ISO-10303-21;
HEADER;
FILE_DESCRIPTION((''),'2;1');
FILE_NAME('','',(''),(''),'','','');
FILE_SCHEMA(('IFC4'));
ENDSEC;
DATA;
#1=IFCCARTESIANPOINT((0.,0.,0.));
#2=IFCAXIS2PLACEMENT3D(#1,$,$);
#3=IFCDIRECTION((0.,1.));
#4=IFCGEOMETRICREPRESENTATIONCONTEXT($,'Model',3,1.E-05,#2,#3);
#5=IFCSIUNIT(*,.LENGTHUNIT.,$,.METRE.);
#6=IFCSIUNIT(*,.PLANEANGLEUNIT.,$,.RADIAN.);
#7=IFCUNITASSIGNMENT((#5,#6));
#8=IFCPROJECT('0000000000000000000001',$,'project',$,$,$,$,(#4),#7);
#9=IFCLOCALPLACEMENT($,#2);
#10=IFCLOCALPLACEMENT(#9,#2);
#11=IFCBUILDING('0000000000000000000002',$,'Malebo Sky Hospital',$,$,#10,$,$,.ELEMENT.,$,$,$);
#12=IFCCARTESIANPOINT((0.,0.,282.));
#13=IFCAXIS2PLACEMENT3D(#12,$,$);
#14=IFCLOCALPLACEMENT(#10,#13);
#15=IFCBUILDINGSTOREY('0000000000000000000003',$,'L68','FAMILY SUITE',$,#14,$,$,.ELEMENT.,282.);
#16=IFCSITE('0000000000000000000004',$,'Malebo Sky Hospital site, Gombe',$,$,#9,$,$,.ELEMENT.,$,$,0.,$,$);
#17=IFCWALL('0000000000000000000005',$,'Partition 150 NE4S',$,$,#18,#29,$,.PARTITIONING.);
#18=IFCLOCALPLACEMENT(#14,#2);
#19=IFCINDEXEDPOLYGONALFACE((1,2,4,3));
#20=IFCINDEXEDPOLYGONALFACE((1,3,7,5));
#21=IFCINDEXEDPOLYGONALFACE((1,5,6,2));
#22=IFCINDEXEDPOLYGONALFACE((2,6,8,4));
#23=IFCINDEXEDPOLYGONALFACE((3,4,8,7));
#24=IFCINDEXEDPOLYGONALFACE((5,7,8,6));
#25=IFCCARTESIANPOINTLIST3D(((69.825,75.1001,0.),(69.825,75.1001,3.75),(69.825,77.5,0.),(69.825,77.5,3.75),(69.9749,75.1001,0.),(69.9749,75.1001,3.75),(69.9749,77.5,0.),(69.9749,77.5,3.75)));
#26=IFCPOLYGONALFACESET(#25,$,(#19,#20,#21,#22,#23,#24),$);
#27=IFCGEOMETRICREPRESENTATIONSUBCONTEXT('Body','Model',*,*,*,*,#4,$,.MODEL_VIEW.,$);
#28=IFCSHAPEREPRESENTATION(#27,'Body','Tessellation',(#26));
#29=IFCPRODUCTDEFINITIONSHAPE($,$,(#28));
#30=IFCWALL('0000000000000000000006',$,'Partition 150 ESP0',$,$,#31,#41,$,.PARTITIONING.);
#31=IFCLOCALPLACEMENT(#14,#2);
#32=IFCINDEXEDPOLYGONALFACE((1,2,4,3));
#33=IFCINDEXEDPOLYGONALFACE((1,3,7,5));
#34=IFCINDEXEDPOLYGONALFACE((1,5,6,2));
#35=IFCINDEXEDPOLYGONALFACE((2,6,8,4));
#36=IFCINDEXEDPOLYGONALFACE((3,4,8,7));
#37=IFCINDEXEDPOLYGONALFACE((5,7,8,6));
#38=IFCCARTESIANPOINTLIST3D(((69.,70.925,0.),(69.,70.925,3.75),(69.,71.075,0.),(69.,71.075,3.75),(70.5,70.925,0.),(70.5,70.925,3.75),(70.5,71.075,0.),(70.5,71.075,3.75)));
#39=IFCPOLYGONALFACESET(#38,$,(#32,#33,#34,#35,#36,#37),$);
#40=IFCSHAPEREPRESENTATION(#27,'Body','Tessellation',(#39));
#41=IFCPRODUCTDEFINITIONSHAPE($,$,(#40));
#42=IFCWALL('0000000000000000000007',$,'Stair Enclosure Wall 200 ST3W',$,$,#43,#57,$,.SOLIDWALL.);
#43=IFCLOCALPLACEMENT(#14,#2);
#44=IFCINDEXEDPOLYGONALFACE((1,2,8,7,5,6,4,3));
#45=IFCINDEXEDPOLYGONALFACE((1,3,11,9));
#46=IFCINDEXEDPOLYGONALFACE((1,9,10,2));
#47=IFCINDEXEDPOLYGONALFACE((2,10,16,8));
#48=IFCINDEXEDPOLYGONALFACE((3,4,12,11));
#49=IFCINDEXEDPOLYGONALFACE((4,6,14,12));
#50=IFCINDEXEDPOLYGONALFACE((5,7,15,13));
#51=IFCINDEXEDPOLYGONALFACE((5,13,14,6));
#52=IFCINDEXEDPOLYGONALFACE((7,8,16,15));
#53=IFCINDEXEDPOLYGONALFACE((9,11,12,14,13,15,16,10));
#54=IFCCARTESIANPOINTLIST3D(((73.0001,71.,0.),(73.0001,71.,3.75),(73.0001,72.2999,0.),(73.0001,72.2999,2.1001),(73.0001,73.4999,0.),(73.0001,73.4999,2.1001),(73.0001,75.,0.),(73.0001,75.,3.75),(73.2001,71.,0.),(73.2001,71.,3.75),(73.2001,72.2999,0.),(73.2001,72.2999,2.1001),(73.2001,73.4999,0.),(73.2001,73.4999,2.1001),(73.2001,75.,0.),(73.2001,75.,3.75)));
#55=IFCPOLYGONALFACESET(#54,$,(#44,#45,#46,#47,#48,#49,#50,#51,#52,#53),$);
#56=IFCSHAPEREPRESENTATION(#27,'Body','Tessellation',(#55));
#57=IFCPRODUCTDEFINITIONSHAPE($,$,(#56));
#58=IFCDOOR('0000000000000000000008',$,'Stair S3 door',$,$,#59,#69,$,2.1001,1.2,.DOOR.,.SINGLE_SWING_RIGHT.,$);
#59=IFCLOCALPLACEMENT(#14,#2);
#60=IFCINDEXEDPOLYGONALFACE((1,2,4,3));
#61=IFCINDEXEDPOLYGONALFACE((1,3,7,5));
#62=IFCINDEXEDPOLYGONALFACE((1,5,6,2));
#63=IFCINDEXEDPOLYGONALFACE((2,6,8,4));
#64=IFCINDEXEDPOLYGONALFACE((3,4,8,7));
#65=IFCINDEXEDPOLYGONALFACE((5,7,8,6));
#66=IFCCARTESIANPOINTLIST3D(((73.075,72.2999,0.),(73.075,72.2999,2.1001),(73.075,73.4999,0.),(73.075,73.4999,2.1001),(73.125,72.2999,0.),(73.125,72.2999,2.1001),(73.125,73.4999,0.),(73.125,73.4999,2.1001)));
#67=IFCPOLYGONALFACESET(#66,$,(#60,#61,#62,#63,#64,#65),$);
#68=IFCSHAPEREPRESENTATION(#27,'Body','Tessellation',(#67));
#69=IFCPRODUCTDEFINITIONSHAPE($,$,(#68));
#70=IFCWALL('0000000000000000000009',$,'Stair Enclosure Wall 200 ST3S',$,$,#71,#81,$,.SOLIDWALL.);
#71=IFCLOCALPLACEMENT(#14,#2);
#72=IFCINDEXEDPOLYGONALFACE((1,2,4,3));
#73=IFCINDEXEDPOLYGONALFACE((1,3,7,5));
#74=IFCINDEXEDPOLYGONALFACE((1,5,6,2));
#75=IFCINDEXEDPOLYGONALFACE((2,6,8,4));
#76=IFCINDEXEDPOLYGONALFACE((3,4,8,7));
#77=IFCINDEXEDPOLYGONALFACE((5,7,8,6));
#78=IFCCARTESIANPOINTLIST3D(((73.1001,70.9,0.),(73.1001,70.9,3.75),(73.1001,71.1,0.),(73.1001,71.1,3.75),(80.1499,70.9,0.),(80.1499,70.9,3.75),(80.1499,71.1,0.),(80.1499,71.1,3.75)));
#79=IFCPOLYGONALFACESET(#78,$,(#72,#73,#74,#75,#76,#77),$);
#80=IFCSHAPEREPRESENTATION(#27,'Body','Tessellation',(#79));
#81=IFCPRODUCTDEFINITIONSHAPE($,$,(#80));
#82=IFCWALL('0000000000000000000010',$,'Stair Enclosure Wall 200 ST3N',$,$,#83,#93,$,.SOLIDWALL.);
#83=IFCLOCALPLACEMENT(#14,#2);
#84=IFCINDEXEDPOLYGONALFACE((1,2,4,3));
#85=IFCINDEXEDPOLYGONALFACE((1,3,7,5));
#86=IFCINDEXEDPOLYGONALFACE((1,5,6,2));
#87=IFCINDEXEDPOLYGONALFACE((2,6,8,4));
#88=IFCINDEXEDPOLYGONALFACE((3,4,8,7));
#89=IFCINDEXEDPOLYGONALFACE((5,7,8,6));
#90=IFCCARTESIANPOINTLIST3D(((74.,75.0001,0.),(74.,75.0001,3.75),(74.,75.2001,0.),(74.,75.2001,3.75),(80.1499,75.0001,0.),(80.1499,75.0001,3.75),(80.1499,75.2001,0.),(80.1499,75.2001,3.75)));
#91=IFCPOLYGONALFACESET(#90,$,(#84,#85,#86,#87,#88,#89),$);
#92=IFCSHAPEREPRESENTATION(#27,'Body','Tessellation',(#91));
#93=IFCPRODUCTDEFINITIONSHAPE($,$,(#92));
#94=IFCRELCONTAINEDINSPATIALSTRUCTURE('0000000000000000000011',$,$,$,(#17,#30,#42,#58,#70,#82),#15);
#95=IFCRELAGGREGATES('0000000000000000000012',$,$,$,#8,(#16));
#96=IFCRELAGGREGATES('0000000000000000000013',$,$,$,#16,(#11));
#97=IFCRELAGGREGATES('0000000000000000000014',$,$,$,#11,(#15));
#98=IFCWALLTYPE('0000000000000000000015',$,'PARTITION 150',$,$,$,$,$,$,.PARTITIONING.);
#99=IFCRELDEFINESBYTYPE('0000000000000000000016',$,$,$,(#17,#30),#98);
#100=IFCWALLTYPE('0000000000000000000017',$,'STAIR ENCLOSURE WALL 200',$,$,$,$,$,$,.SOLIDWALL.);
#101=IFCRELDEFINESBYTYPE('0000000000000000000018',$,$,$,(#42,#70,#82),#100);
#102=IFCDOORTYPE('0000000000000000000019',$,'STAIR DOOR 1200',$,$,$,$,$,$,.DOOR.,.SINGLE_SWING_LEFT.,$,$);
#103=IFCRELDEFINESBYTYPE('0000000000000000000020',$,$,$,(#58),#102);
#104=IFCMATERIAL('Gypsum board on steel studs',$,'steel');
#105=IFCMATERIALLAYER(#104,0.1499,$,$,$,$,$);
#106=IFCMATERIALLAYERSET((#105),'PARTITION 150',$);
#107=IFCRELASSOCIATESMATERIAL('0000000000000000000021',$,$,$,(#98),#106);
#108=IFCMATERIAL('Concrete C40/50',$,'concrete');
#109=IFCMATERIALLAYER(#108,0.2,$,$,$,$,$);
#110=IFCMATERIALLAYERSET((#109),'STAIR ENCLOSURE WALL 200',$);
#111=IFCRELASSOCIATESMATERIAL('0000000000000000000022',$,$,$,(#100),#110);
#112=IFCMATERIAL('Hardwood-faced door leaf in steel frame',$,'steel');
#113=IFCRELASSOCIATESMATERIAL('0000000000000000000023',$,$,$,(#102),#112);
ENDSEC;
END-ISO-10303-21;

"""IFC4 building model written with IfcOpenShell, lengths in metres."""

from ifc_helpers import new_model, si_unit, direction, frame, frame_2d, origin, place, context, subcontext, project, spatial, rectangle, extrude, material, layer, layer_set, type_object, element, fill, save


model = new_model("IFC4")

# Units and contexts
model_context = context("Model", 3, precision=1e-05, world=origin(), true_north=direction((0.0, 1.0)))
body_context = subcontext(model_context, "Body", "Model", "MODEL_VIEW")
ifc_project = project(units=[si_unit("LENGTHUNIT", "METRE"), si_unit("PLANEANGLEUNIT", "RADIAN")], contexts=[model_context])

# Site, building, storey
site_placement = place(None, origin())
site = spatial("IfcSite", under=ifc_project, at=site_placement, Name="Malebo Sky Hospital site, Gombe", CompositionType="ELEMENT", RefElevation=0.0)
building_placement = place(site_placement, origin())
building = spatial("IfcBuilding", under=site, at=building_placement, Name="Malebo Sky Hospital", CompositionType="ELEMENT")
storey_placement = place(building_placement, frame((0.0, 0.0, 282.0)))
storey = spatial("IfcBuildingStorey", under=building, at=storey_placement, Name="L68", Description="FAMILY SUITE", CompositionType="ELEMENT", Elevation=282.0)

# Shared definitions
ifc_material_1 = material(Name="Gypsum board on steel studs", Category="steel")
ifc_material_2 = material(Name="Hardwood-faced door leaf in steel frame", Category="steel")

# Shared definitions
ifc_layer_1 = layer(ifc_material_1, 0.1499)
ifc_layer_set_1 = layer_set([ifc_layer_1], Name="PARTITION 150")
wall_type_1 = type_object("IfcWallType", Name="PARTITION 150", PredefinedType="PARTITIONING", material=ifc_layer_set_1)

# Walls
wall_1_placement = place(storey_placement, frame((69.8999, 75.1001, 0.0), z_axis=(0.0, 0.0, 1.0), x_axis=(0.0, 1.0, 0.0)))
element("IfcWall", 1, at=wall_1_placement, inside=storey, type_object=wall_type_1, Name="Partition 150 NE4S", PredefinedType="PARTITIONING", context=body_context, shape_type="SweptSolid", body=[
    extrude(rectangle(XDim=2.3999, YDim=0.1499, at=frame_2d((1.2, 0.0))), origin(), (0.0, 0.0, 1.0), 3.75),
])
wall_2_placement = place(storey_placement, frame((69.0, 71.0, 0.0), z_axis=(0.0, 0.0, 1.0), x_axis=(1.0, 0.0, 0.0)))
element("IfcWall", 2, at=wall_2_placement, inside=storey, type_object=wall_type_1, Name="Partition 150 ESP0", PredefinedType="PARTITIONING", context=body_context, shape_type="SweptSolid", body=[
    extrude(rectangle(XDim=1.5, YDim=0.1499, at=frame_2d((0.75, 0.0))), origin(), (0.0, 0.0, 1.0), 3.75),
])

# Wall, opening, door
ifc_material_3 = material(Name="Concrete C40/50", Category="concrete")
ifc_layer_2 = layer(ifc_material_3, 0.2)
ifc_layer_set_2 = layer_set([ifc_layer_2], Name="STAIR ENCLOSURE WALL 200")
wall_type_2 = type_object("IfcWallType", Name="STAIR ENCLOSURE WALL 200", PredefinedType="SOLIDWALL", material=ifc_layer_set_2)
wall_3_placement = place(storey_placement, frame((73.1001, 75.0, 0.0), z_axis=(0.0, 0.0, 1.0), x_axis=(0.0, -1.0, 0.0)))
wall_3 = element("IfcWall", 3, at=wall_3_placement, inside=storey, type_object=wall_type_2, Name="Stair Enclosure Wall 200 ST3W", PredefinedType="SOLIDWALL", context=body_context, shape_type="SweptSolid", body=[
    extrude(rectangle(XDim=4.0, YDim=0.2, at=frame_2d((2.0, 0.0))), origin(), (0.0, 0.0, 1.0), 3.75),
])
opening_1_placement = place(wall_3_placement, frame((1.5, 0.0, 0.0)))
opening_1 = element("IfcOpeningElement", 4, at=opening_1_placement, cuts=wall_3, PredefinedType="OPENING", context=body_context, shape_type="SweptSolid", body=[
    extrude(rectangle(XDim=1.2, YDim=2.1001, at=frame_2d((0.6001, 1.05))), frame((0.0, 0.1099, 0.0), z_axis=(0.0, -1.0, 0.0), x_axis=(1.0, 0.0, 0.0)), (0.0, 0.0, 1.0), 0.22),
])
door_type_1 = type_object("IfcDoorType", Name="STAIR DOOR 1200", OperationType="SINGLE_SWING_LEFT", PredefinedType="DOOR", material=ifc_material_2)
door_1_placement = place(opening_1_placement, origin())
door_1 = element("IfcDoor", 5, at=door_1_placement, inside=storey, type_object=door_type_1, Name="Stair S3 door", OperationType="SINGLE_SWING_RIGHT", OverallHeight=2.1001, OverallWidth=1.2, PredefinedType="DOOR", context=body_context, shape_type="SweptSolid", body=[
    extrude(rectangle(XDim=1.2, YDim=2.1001, at=frame_2d((0.6001, 1.05))), frame((0.0, 0.0249, 0.0), z_axis=(0.0, -1.0, 0.0), x_axis=(1.0, 0.0, 0.0)), (0.0, 0.0, 1.0), 0.05),
])
fill(opening_1, door_1)

# Walls
wall_4_placement = place(storey_placement, frame((73.1001, 71.0, 0.0), z_axis=(0.0, 0.0, 1.0), x_axis=(1.0, 0.0, 0.0)))
element("IfcWall", 6, at=wall_4_placement, inside=storey, type_object=wall_type_2, Name="Stair Enclosure Wall 200 ST3S", PredefinedType="SOLIDWALL", context=body_context, shape_type="SweptSolid", body=[
    extrude(rectangle(XDim=7.0498, YDim=0.2, at=frame_2d((3.5249, 0.0))), origin(), (0.0, 0.0, 1.0), 3.75),
])
wall_5_placement = place(storey_placement, frame((74.0, 75.1001, 0.0), z_axis=(0.0, 0.0, 1.0), x_axis=(1.0, 0.0, 0.0)))
element("IfcWall", 7, at=wall_5_placement, inside=storey, type_object=wall_type_2, Name="Stair Enclosure Wall 200 ST3N", PredefinedType="SOLIDWALL", context=body_context, shape_type="SweptSolid", body=[
    extrude(rectangle(XDim=6.1499, YDim=0.2, at=frame_2d((3.075, 0.0))), origin(), (0.0, 0.0, 1.0), 3.75),
])

save(model, "model.ifc")
